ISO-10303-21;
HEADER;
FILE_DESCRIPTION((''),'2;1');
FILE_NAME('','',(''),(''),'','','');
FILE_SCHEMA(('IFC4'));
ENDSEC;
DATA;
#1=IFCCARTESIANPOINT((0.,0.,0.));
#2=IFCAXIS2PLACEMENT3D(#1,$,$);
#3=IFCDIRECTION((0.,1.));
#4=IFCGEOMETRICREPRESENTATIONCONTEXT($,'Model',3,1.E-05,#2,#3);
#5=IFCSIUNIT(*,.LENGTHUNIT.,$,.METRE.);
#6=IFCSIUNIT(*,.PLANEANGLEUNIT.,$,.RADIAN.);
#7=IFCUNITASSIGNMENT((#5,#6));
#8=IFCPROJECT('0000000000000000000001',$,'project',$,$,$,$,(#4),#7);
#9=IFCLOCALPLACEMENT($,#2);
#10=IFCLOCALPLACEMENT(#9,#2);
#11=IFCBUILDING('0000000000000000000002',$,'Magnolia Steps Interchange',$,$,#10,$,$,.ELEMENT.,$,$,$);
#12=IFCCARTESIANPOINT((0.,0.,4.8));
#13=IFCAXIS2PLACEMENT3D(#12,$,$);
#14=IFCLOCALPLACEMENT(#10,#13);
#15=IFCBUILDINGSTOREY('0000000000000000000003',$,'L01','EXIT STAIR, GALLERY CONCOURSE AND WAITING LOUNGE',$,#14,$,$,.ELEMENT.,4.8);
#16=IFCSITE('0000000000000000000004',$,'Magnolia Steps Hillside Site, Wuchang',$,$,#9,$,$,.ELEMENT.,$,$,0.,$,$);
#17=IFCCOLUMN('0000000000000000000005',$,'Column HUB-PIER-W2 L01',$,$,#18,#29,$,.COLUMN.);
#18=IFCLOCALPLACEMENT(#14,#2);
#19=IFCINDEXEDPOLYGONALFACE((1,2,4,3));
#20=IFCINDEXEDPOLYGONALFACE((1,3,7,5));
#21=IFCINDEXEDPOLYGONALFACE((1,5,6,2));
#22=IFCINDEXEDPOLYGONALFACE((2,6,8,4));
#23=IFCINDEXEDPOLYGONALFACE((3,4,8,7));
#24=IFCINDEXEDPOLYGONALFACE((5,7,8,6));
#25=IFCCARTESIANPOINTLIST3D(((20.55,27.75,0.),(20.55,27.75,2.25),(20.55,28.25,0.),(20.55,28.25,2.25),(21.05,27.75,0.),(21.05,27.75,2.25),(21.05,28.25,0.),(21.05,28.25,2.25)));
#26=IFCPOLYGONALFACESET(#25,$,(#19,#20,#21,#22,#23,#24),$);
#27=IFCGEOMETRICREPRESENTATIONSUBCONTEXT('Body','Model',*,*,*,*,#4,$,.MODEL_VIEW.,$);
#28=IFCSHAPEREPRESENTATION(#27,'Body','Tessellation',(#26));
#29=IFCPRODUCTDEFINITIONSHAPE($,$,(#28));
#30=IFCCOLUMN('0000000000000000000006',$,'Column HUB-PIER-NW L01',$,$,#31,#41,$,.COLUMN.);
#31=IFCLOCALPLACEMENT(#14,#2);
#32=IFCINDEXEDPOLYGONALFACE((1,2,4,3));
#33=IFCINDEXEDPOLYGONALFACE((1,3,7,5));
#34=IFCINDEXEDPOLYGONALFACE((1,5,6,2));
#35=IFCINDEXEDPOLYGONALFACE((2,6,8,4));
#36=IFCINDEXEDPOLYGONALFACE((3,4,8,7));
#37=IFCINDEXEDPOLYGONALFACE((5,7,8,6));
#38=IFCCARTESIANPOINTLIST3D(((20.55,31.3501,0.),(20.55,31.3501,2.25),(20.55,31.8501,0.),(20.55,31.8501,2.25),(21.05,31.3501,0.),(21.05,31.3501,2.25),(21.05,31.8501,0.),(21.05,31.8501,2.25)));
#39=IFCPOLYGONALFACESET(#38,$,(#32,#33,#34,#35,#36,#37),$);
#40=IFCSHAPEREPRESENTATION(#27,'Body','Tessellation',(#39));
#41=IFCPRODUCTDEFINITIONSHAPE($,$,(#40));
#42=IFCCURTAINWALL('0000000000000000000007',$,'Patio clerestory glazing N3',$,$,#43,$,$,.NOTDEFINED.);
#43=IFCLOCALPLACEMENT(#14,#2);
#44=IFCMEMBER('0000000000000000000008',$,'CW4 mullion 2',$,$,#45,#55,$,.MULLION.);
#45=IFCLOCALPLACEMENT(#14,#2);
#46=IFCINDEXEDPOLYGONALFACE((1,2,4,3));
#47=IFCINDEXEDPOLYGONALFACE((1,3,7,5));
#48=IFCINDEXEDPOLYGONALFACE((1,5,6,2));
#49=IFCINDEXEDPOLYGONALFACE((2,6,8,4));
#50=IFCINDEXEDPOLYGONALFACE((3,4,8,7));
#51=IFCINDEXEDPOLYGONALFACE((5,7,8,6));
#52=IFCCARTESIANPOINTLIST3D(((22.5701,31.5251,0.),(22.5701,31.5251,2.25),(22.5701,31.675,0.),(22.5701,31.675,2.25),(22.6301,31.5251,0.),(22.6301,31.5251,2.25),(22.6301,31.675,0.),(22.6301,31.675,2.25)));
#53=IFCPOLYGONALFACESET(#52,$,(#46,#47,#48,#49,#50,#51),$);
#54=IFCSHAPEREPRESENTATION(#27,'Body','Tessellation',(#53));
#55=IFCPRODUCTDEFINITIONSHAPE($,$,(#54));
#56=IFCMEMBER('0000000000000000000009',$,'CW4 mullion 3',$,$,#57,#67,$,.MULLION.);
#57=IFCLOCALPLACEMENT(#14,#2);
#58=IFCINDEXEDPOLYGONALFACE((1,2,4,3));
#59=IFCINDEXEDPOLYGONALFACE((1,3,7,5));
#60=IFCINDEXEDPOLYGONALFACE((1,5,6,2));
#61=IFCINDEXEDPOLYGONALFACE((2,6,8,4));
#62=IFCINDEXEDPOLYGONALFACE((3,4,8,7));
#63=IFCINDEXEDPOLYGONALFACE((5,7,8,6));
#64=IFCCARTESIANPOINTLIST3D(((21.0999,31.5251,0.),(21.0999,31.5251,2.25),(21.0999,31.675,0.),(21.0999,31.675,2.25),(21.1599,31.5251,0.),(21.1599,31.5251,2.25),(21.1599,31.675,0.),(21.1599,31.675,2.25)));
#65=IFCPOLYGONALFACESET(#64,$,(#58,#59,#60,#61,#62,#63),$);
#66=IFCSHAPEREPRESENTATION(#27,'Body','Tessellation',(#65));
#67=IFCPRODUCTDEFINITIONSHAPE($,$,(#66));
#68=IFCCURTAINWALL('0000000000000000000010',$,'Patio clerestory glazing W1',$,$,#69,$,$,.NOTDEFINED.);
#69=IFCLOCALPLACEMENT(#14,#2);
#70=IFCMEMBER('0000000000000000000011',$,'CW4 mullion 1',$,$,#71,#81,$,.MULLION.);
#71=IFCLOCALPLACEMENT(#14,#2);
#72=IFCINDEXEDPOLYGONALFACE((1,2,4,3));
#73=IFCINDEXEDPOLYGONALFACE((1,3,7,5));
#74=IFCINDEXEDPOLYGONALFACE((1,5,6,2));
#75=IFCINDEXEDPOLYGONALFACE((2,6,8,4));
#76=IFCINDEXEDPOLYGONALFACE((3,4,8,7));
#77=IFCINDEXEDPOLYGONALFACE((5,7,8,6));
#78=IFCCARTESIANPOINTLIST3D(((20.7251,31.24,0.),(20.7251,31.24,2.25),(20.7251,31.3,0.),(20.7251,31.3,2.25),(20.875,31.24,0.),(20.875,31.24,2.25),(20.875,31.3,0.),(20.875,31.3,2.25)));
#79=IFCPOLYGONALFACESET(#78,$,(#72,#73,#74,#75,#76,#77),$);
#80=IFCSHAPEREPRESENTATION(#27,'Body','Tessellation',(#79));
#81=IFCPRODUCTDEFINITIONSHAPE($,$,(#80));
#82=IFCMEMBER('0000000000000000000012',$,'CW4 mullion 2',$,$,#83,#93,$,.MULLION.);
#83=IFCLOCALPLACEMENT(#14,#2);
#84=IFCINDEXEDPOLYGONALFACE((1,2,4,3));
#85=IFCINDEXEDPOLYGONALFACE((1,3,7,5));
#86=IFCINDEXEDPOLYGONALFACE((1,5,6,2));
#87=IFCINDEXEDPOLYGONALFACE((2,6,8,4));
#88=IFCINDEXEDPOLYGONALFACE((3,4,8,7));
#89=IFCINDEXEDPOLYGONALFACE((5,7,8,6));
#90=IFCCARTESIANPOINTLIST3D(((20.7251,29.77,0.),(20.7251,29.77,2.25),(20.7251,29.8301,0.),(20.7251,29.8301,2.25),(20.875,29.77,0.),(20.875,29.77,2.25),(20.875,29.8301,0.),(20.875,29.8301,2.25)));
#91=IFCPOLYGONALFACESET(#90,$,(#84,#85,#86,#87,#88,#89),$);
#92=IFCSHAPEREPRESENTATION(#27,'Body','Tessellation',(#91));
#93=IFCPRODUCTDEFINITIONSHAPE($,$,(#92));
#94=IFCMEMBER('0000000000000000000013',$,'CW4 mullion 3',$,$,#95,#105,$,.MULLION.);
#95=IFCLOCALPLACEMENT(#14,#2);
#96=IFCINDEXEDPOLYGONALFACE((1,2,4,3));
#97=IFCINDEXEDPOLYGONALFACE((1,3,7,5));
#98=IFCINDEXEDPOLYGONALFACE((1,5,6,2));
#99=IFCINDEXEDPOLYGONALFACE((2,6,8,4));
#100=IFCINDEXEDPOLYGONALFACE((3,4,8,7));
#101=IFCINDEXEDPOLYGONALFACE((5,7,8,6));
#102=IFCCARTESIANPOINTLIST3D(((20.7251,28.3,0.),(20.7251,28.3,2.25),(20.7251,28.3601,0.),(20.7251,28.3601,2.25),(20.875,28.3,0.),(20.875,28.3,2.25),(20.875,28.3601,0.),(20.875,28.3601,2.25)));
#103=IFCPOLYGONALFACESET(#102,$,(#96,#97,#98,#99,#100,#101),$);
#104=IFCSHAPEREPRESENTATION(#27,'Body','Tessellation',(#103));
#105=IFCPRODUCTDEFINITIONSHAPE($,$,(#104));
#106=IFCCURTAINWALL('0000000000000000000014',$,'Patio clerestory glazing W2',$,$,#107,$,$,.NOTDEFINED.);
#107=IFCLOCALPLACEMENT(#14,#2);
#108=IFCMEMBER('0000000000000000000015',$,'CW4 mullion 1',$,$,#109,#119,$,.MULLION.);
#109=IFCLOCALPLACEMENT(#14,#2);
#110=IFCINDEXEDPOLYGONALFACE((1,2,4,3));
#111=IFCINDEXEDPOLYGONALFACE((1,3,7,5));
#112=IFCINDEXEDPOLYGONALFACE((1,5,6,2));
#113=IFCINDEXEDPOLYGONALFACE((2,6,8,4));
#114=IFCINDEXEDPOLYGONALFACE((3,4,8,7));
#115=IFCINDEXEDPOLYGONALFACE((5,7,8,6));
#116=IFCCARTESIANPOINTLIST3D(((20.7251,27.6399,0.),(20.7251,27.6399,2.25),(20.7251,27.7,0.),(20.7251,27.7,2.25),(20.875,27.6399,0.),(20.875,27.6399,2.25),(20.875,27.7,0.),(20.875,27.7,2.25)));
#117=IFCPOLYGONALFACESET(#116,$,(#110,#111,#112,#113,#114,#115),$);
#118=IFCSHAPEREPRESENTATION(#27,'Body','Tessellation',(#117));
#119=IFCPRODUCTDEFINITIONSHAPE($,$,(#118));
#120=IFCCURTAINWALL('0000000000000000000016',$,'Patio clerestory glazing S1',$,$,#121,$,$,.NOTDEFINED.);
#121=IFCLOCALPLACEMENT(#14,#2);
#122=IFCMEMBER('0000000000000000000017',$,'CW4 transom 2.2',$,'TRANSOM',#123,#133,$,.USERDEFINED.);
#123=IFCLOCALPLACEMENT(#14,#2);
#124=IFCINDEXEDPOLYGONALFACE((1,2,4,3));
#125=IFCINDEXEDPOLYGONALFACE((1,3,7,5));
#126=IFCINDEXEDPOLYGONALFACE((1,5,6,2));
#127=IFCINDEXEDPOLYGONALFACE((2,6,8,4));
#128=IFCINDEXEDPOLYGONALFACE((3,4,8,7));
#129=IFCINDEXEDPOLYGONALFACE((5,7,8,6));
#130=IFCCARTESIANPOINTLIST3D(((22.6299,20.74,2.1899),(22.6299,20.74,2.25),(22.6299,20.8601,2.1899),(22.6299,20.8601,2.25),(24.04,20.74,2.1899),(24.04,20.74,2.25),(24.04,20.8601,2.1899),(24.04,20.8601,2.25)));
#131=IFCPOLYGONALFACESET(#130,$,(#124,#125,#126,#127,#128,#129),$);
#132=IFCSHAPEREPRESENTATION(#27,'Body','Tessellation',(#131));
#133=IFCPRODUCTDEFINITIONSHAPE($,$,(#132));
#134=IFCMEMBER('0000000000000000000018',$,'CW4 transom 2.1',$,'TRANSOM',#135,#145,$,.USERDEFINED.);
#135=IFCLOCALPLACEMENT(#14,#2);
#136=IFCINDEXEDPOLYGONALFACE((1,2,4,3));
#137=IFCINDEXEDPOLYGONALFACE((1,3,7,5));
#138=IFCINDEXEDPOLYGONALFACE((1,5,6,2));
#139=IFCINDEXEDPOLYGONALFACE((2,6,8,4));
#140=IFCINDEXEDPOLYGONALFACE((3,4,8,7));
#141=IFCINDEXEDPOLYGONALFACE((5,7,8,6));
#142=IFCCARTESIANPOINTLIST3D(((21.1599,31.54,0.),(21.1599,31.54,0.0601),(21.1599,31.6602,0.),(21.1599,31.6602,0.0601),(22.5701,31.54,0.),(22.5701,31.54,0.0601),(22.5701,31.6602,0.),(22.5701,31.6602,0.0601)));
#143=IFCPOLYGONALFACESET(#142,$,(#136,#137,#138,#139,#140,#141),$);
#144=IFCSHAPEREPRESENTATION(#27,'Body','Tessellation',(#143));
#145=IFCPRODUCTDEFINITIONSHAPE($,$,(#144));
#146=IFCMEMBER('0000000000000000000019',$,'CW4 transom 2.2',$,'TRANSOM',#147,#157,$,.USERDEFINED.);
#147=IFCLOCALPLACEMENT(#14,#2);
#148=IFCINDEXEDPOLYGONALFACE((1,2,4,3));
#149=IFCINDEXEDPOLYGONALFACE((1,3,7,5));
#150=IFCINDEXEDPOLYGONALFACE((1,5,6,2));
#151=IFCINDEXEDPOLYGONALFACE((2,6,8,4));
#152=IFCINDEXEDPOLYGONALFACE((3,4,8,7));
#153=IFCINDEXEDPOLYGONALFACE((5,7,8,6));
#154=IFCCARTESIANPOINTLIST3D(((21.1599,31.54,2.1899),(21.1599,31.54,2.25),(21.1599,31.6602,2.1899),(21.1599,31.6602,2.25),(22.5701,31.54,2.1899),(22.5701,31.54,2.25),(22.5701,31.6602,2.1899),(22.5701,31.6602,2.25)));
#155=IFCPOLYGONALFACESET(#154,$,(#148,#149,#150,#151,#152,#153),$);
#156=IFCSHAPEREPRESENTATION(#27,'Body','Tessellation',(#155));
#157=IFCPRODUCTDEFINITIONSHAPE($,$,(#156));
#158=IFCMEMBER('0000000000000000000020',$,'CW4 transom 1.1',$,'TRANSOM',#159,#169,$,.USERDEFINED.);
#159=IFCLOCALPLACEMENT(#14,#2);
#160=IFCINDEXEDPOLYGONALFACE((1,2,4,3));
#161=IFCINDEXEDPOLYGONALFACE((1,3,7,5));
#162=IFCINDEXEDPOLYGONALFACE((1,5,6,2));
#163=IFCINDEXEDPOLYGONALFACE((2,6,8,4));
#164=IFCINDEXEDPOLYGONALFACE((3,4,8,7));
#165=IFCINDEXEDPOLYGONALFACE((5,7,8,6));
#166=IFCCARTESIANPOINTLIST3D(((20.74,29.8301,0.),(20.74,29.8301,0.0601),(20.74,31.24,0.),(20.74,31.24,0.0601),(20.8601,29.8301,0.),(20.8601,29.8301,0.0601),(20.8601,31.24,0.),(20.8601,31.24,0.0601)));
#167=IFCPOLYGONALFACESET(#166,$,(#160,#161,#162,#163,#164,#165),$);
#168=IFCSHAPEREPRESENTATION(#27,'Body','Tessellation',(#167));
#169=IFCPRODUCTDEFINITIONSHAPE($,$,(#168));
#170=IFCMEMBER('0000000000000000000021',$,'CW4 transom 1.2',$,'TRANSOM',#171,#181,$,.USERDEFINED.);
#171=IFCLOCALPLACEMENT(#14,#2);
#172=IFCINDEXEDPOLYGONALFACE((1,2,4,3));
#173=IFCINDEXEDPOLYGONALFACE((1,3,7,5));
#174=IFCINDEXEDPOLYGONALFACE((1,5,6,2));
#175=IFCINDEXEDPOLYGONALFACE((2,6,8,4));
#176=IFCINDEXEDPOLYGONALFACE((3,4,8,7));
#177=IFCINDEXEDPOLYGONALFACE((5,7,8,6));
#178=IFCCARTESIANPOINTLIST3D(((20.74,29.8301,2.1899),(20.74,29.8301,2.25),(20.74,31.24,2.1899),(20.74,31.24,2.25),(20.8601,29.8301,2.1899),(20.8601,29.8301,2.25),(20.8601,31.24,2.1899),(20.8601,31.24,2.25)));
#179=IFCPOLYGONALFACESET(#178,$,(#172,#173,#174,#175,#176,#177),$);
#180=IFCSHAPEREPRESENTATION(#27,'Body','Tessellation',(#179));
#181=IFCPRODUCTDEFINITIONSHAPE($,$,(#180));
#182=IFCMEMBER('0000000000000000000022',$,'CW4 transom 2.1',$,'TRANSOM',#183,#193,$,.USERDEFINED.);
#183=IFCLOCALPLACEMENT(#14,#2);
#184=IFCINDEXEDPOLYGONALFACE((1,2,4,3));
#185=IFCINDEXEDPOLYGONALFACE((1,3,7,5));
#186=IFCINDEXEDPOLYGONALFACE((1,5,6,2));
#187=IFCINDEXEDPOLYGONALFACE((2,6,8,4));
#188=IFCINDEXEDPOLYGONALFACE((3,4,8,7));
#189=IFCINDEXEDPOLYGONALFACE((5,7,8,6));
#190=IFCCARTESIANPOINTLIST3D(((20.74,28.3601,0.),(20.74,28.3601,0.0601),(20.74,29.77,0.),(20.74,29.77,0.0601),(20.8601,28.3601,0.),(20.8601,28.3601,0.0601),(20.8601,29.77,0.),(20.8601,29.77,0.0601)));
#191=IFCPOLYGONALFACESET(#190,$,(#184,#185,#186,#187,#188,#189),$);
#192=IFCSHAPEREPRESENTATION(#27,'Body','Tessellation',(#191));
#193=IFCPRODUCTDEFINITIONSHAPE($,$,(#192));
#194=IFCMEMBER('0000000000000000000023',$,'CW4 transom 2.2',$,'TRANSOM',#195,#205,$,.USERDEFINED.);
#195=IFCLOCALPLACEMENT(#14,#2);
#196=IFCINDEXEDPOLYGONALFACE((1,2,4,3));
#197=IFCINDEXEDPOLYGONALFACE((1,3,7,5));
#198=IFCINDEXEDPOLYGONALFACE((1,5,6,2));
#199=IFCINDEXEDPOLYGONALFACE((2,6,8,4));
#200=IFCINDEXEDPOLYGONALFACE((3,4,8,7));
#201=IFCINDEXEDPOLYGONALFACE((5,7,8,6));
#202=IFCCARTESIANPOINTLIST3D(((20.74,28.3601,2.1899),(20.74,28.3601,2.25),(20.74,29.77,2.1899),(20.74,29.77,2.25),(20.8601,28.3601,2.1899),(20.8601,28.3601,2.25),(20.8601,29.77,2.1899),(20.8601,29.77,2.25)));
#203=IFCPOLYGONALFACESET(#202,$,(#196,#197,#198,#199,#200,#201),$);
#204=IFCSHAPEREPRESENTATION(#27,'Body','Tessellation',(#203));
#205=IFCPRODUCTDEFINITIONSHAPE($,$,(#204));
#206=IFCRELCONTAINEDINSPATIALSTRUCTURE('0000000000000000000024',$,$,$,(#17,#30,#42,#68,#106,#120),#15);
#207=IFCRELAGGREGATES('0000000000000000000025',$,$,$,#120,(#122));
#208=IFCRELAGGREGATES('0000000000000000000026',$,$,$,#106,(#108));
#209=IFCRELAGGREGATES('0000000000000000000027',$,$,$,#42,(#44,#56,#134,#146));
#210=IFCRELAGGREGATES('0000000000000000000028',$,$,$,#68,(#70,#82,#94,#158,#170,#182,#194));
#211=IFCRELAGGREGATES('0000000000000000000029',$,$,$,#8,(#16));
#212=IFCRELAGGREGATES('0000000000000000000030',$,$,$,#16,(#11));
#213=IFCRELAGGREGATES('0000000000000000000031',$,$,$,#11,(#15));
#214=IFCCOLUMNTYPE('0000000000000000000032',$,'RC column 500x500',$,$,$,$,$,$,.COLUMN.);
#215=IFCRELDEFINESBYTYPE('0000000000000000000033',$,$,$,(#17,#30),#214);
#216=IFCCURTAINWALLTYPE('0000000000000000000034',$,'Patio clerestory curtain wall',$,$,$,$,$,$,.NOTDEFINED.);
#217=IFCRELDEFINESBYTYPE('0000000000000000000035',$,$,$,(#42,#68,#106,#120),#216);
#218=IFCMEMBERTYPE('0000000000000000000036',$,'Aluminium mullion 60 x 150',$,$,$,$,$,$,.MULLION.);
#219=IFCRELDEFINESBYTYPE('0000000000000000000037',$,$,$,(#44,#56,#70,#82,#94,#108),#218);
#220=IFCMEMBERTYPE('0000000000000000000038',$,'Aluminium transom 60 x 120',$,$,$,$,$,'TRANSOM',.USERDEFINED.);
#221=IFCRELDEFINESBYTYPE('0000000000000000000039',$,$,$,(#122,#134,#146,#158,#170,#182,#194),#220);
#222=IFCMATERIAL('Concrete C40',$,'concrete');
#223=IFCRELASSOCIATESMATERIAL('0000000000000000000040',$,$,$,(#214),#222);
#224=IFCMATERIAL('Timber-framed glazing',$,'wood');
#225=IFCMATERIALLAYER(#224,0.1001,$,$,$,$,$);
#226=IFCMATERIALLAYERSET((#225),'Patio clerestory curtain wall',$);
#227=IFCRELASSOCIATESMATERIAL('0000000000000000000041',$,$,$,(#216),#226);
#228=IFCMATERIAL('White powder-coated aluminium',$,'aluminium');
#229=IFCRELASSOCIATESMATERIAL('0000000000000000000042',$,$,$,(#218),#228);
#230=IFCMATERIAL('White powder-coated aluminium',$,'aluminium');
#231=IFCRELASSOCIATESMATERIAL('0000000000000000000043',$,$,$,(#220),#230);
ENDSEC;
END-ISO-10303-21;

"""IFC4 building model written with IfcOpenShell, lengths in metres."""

from ifc_helpers import new_model, si_unit, direction, frame, origin, origin_2d, place, context, subcontext, project, spatial, rectangle, extrude, material, layer, layer_set, material_profile, profile_set, type_object, element, aggregate, save


model = new_model("IFC4")

# Units and contexts
model_context = context("Model", 3, precision=1e-05, world=origin(), true_north=direction((0.0, 1.0)))
body_context = subcontext(model_context, "Body", "Model", "MODEL_VIEW")
ifc_project = project(units=[si_unit("LENGTHUNIT", "METRE"), si_unit("PLANEANGLEUNIT", "RADIAN")], contexts=[model_context])

# Site, building, storey
site_placement = place(None, origin())
site = spatial("IfcSite", under=ifc_project, at=site_placement, Name="Magnolia Steps Hillside Site, Wuchang", CompositionType="ELEMENT", RefElevation=0.0)
building_placement = place(site_placement, origin())
building = spatial("IfcBuilding", under=site, at=building_placement, Name="Magnolia Steps Interchange", CompositionType="ELEMENT")
storey_placement = place(building_placement, frame((0.0, 0.0, 4.8)))
storey = spatial("IfcBuildingStorey", under=building, at=storey_placement, Name="L01", Description="EXIT STAIR, GALLERY CONCOURSE AND WAITING LOUNGE", CompositionType="ELEMENT", Elevation=4.8)

# Columns
ifc_material_1 = material(Name="Concrete C40", Category="concrete")
ifc_material_profile_1 = material_profile(ifc_material_1, rectangle(XDim=0.5, YDim=0.5, at=origin_2d()), Name="RC500x500")
ifc_profile_set_1 = profile_set([ifc_material_profile_1], Name="Concrete C40")
column_type = type_object("IfcColumnType", Name="RC column 500x500", PredefinedType="COLUMN", material=ifc_profile_set_1)
for number, where, z_axis, x_axis, name in (
    (1, (20.8, 28.0, 0.0), (0.0, 0.0, 1.0), (1.0, 0.0, 0.0), "Column HUB-PIER-W2 L01"),
    (2, (20.8, 31.6001, 0.0), (0.0, 0.0, 1.0), (1.0, 0.0, 0.0), "Column HUB-PIER-NW L01"),
):
    element("IfcColumn", number, at=place(storey_placement, frame(where, z_axis=z_axis, x_axis=x_axis)), inside=storey, type_object=column_type, Name=name, PredefinedType="COLUMN", context=body_context, shape_type="SweptSolid", body=[
        extrude(rectangle(XDim=0.5, YDim=0.5, at=origin_2d()), origin(), (0.0, 0.0, 1.0), 2.25),
    ])

# Curtain walls, members
ifc_material_2 = material(Name="Timber-framed glazing", Category="wood")
ifc_layer_1 = layer(ifc_material_2, 0.1001)
ifc_layer_set_1 = layer_set([ifc_layer_1], Name="Patio clerestory curtain wall")
curtain_wall_type = type_object("IfcCurtainWallType", Name="Patio clerestory curtain wall", PredefinedType="NOTDEFINED", material=ifc_layer_set_1)
curtain_wall_1_placement = place(storey_placement, origin())
curtain_wall_1 = element("IfcCurtainWall", 3, at=curtain_wall_1_placement, inside=storey, type_object=curtain_wall_type, Name="Patio clerestory glazing N3", PredefinedType="NOTDEFINED")
ifc_material_3 = material(Name="White powder-coated aluminium", Category="aluminium")
ifc_material_profile_2 = material_profile(ifc_material_3, rectangle(XDim=0.0601, YDim=0.1499, at=origin_2d()), Name="Aluminium mullion 60 x 150")
ifc_profile_set_2 = profile_set([ifc_material_profile_2], Name="White powder-coated aluminium")
member_type_1 = type_object("IfcMemberType", Name="Aluminium mullion 60 x 150", PredefinedType="MULLION", material=ifc_profile_set_2)
member_1_placement = place(storey_placement, frame((22.6001, 31.6001, 0.0), z_axis=(0.0, 0.0, 1.0), x_axis=(-1.0, 0.0, 0.0)))
member_1 = element("IfcMember", 4, at=member_1_placement, type_object=member_type_1, Name="CW4 mullion 2", PredefinedType="MULLION", context=body_context, shape_type="SweptSolid", body=[
    extrude(rectangle(XDim=0.0601, YDim=0.1499, at=origin_2d()), origin(), (0.0, 0.0, 1.0), 2.25),
])
member_2_placement = place(storey_placement, frame((21.1299, 31.6001, 0.0), z_axis=(0.0, 0.0, 1.0), x_axis=(-1.0, 0.0, 0.0)))
member_2 = element("IfcMember", 5, at=member_2_placement, type_object=member_type_1, Name="CW4 mullion 3", PredefinedType="MULLION", context=body_context, shape_type="SweptSolid", body=[
    extrude(rectangle(XDim=0.0601, YDim=0.1499, at=origin_2d()), origin(), (0.0, 0.0, 1.0), 2.25),
])
curtain_wall_2_placement = place(storey_placement, origin())
curtain_wall_2 = element("IfcCurtainWall", 6, at=curtain_wall_2_placement, inside=storey, type_object=curtain_wall_type, Name="Patio clerestory glazing W1", PredefinedType="NOTDEFINED")
member_3_placement = place(storey_placement, frame((20.8, 31.27, 0.0), z_axis=(0.0, 0.0, 1.0), x_axis=(0.0, -1.0, 0.0)))
member_3 = element("IfcMember", 7, at=member_3_placement, type_object=member_type_1, Name="CW4 mullion 1", PredefinedType="MULLION", context=body_context, shape_type="SweptSolid", body=[
    extrude(rectangle(XDim=0.0601, YDim=0.1499, at=origin_2d()), origin(), (0.0, 0.0, 1.0), 2.25),
])
member_4_placement = place(storey_placement, frame((20.8, 29.8, 0.0), z_axis=(0.0, 0.0, 1.0), x_axis=(0.0, -1.0, 0.0)))
member_4 = element("IfcMember", 8, at=member_4_placement, type_object=member_type_1, Name="CW4 mullion 2", PredefinedType="MULLION", context=body_context, shape_type="SweptSolid", body=[
    extrude(rectangle(XDim=0.0601, YDim=0.1499, at=origin_2d()), origin(), (0.0, 0.0, 1.0), 2.25),
])
member_5_placement = place(storey_placement, frame((20.8, 28.3301, 0.0), z_axis=(0.0, 0.0, 1.0), x_axis=(0.0, -1.0, 0.0)))
member_5 = element("IfcMember", 9, at=member_5_placement, type_object=member_type_1, Name="CW4 mullion 3", PredefinedType="MULLION", context=body_context, shape_type="SweptSolid", body=[
    extrude(rectangle(XDim=0.0601, YDim=0.1499, at=origin_2d()), origin(), (0.0, 0.0, 1.0), 2.25),
])

# Curtain walls, members
curtain_wall_3_placement = place(storey_placement, origin())
curtain_wall_3 = element("IfcCurtainWall", 10, at=curtain_wall_3_placement, inside=storey, type_object=curtain_wall_type, Name="Patio clerestory glazing W2", PredefinedType="NOTDEFINED")
member_6_placement = place(storey_placement, frame((20.8, 27.6699, 0.0), z_axis=(0.0, 0.0, 1.0), x_axis=(0.0, -1.0, 0.0)))
member_6 = element("IfcMember", 11, at=member_6_placement, type_object=member_type_1, Name="CW4 mullion 1", PredefinedType="MULLION", context=body_context, shape_type="SweptSolid", body=[
    extrude(rectangle(XDim=0.0601, YDim=0.1499, at=origin_2d()), origin(), (0.0, 0.0, 1.0), 2.25),
])
curtain_wall_4_placement = place(storey_placement, origin())
curtain_wall_4 = element("IfcCurtainWall", 12, at=curtain_wall_4_placement, inside=storey, type_object=curtain_wall_type, Name="Patio clerestory glazing S1", PredefinedType="NOTDEFINED")
ifc_material_4 = material(Name="White powder-coated aluminium", Category="aluminium")
ifc_material_profile_3 = material_profile(ifc_material_4, rectangle(XDim=0.0601, YDim=0.1201, at=origin_2d()), Name="Aluminium transom 60 x 120")
ifc_profile_set_3 = profile_set([ifc_material_profile_3], Name="White powder-coated aluminium")
member_type_2 = type_object("IfcMemberType", Name="Aluminium transom 60 x 120", ElementType="TRANSOM", PredefinedType="USERDEFINED", material=ifc_profile_set_3)
member_7_placement = place(storey_placement, frame((22.6299, 20.8, 2.22), z_axis=(1.0, 0.0, 0.0), x_axis=(0.0, 0.0, 1.0)))
member_7 = element("IfcMember", 13, at=member_7_placement, type_object=member_type_2, Name="CW4 transom 2.2", ObjectType="TRANSOM", PredefinedType="USERDEFINED", context=body_context, shape_type="SweptSolid", body=[
    extrude(rectangle(XDim=0.0601, YDim=0.1201, at=origin_2d()), origin(), (0.0, 0.0, 1.0), 1.4102),
])
aggregate(curtain_wall_4, [member_7])

# Members
member_8_placement = place(storey_placement, frame((22.5701, 31.6001, 0.03), z_axis=(-1.0, 0.0, 0.0), x_axis=(0.0, 0.0, 1.0)))
member_8 = element("IfcMember", 14, at=member_8_placement, type_object=member_type_2, Name="CW4 transom 2.1", ObjectType="TRANSOM", PredefinedType="USERDEFINED", context=body_context, shape_type="SweptSolid", body=[
    extrude(rectangle(XDim=0.0601, YDim=0.1201, at=origin_2d()), origin(), (0.0, 0.0, 1.0), 1.4102),
])
member_9_placement = place(storey_placement, frame((22.5701, 31.6001, 2.22), z_axis=(-1.0, 0.0, 0.0), x_axis=(0.0, 0.0, 1.0)))
member_9 = element("IfcMember", 15, at=member_9_placement, type_object=member_type_2, Name="CW4 transom 2.2", ObjectType="TRANSOM", PredefinedType="USERDEFINED", context=body_context, shape_type="SweptSolid", body=[
    extrude(rectangle(XDim=0.0601, YDim=0.1201, at=origin_2d()), origin(), (0.0, 0.0, 1.0), 1.4102),
])
member_10_placement = place(storey_placement, frame((20.8, 31.24, 0.03), z_axis=(0.0, -1.0, 0.0), x_axis=(0.0, 0.0, 1.0)))
member_10 = element("IfcMember", 16, at=member_10_placement, type_object=member_type_2, Name="CW4 transom 1.1", ObjectType="TRANSOM", PredefinedType="USERDEFINED", context=body_context, shape_type="SweptSolid", body=[
    extrude(rectangle(XDim=0.0601, YDim=0.1201, at=origin_2d()), origin(), (0.0, 0.0, 1.0), 1.4099),
])
member_11_placement = place(storey_placement, frame((20.8, 31.24, 2.22), z_axis=(0.0, -1.0, 0.0), x_axis=(0.0, 0.0, 1.0)))
member_11 = element("IfcMember", 17, at=member_11_placement, type_object=member_type_2, Name="CW4 transom 1.2", ObjectType="TRANSOM", PredefinedType="USERDEFINED", context=body_context, shape_type="SweptSolid", body=[
    extrude(rectangle(XDim=0.0601, YDim=0.1201, at=origin_2d()), origin(), (0.0, 0.0, 1.0), 1.4099),
])
member_12_placement = place(storey_placement, frame((20.8, 29.77, 0.03), z_axis=(0.0, -1.0, 0.0), x_axis=(0.0, 0.0, 1.0)))
member_12 = element("IfcMember", 18, at=member_12_placement, type_object=member_type_2, Name="CW4 transom 2.1", ObjectType="TRANSOM", PredefinedType="USERDEFINED", context=body_context, shape_type="SweptSolid", body=[
    extrude(rectangle(XDim=0.0601, YDim=0.1201, at=origin_2d()), origin(), (0.0, 0.0, 1.0), 1.4099),
])
member_13_placement = place(storey_placement, frame((20.8, 29.77, 2.22), z_axis=(0.0, -1.0, 0.0), x_axis=(0.0, 0.0, 1.0)))
member_13 = element("IfcMember", 19, at=member_13_placement, type_object=member_type_2, Name="CW4 transom 2.2", ObjectType="TRANSOM", PredefinedType="USERDEFINED", context=body_context, shape_type="SweptSolid", body=[
    extrude(rectangle(XDim=0.0601, YDim=0.1201, at=origin_2d()), origin(), (0.0, 0.0, 1.0), 1.4099),
])
aggregate(curtain_wall_3, [member_6])

aggregate(curtain_wall_1, [member_1, member_2, member_8, member_9])
aggregate(curtain_wall_2, [member_3, member_4, member_5, member_10, member_11, member_12, member_13])

save(model, "model.ifc")
